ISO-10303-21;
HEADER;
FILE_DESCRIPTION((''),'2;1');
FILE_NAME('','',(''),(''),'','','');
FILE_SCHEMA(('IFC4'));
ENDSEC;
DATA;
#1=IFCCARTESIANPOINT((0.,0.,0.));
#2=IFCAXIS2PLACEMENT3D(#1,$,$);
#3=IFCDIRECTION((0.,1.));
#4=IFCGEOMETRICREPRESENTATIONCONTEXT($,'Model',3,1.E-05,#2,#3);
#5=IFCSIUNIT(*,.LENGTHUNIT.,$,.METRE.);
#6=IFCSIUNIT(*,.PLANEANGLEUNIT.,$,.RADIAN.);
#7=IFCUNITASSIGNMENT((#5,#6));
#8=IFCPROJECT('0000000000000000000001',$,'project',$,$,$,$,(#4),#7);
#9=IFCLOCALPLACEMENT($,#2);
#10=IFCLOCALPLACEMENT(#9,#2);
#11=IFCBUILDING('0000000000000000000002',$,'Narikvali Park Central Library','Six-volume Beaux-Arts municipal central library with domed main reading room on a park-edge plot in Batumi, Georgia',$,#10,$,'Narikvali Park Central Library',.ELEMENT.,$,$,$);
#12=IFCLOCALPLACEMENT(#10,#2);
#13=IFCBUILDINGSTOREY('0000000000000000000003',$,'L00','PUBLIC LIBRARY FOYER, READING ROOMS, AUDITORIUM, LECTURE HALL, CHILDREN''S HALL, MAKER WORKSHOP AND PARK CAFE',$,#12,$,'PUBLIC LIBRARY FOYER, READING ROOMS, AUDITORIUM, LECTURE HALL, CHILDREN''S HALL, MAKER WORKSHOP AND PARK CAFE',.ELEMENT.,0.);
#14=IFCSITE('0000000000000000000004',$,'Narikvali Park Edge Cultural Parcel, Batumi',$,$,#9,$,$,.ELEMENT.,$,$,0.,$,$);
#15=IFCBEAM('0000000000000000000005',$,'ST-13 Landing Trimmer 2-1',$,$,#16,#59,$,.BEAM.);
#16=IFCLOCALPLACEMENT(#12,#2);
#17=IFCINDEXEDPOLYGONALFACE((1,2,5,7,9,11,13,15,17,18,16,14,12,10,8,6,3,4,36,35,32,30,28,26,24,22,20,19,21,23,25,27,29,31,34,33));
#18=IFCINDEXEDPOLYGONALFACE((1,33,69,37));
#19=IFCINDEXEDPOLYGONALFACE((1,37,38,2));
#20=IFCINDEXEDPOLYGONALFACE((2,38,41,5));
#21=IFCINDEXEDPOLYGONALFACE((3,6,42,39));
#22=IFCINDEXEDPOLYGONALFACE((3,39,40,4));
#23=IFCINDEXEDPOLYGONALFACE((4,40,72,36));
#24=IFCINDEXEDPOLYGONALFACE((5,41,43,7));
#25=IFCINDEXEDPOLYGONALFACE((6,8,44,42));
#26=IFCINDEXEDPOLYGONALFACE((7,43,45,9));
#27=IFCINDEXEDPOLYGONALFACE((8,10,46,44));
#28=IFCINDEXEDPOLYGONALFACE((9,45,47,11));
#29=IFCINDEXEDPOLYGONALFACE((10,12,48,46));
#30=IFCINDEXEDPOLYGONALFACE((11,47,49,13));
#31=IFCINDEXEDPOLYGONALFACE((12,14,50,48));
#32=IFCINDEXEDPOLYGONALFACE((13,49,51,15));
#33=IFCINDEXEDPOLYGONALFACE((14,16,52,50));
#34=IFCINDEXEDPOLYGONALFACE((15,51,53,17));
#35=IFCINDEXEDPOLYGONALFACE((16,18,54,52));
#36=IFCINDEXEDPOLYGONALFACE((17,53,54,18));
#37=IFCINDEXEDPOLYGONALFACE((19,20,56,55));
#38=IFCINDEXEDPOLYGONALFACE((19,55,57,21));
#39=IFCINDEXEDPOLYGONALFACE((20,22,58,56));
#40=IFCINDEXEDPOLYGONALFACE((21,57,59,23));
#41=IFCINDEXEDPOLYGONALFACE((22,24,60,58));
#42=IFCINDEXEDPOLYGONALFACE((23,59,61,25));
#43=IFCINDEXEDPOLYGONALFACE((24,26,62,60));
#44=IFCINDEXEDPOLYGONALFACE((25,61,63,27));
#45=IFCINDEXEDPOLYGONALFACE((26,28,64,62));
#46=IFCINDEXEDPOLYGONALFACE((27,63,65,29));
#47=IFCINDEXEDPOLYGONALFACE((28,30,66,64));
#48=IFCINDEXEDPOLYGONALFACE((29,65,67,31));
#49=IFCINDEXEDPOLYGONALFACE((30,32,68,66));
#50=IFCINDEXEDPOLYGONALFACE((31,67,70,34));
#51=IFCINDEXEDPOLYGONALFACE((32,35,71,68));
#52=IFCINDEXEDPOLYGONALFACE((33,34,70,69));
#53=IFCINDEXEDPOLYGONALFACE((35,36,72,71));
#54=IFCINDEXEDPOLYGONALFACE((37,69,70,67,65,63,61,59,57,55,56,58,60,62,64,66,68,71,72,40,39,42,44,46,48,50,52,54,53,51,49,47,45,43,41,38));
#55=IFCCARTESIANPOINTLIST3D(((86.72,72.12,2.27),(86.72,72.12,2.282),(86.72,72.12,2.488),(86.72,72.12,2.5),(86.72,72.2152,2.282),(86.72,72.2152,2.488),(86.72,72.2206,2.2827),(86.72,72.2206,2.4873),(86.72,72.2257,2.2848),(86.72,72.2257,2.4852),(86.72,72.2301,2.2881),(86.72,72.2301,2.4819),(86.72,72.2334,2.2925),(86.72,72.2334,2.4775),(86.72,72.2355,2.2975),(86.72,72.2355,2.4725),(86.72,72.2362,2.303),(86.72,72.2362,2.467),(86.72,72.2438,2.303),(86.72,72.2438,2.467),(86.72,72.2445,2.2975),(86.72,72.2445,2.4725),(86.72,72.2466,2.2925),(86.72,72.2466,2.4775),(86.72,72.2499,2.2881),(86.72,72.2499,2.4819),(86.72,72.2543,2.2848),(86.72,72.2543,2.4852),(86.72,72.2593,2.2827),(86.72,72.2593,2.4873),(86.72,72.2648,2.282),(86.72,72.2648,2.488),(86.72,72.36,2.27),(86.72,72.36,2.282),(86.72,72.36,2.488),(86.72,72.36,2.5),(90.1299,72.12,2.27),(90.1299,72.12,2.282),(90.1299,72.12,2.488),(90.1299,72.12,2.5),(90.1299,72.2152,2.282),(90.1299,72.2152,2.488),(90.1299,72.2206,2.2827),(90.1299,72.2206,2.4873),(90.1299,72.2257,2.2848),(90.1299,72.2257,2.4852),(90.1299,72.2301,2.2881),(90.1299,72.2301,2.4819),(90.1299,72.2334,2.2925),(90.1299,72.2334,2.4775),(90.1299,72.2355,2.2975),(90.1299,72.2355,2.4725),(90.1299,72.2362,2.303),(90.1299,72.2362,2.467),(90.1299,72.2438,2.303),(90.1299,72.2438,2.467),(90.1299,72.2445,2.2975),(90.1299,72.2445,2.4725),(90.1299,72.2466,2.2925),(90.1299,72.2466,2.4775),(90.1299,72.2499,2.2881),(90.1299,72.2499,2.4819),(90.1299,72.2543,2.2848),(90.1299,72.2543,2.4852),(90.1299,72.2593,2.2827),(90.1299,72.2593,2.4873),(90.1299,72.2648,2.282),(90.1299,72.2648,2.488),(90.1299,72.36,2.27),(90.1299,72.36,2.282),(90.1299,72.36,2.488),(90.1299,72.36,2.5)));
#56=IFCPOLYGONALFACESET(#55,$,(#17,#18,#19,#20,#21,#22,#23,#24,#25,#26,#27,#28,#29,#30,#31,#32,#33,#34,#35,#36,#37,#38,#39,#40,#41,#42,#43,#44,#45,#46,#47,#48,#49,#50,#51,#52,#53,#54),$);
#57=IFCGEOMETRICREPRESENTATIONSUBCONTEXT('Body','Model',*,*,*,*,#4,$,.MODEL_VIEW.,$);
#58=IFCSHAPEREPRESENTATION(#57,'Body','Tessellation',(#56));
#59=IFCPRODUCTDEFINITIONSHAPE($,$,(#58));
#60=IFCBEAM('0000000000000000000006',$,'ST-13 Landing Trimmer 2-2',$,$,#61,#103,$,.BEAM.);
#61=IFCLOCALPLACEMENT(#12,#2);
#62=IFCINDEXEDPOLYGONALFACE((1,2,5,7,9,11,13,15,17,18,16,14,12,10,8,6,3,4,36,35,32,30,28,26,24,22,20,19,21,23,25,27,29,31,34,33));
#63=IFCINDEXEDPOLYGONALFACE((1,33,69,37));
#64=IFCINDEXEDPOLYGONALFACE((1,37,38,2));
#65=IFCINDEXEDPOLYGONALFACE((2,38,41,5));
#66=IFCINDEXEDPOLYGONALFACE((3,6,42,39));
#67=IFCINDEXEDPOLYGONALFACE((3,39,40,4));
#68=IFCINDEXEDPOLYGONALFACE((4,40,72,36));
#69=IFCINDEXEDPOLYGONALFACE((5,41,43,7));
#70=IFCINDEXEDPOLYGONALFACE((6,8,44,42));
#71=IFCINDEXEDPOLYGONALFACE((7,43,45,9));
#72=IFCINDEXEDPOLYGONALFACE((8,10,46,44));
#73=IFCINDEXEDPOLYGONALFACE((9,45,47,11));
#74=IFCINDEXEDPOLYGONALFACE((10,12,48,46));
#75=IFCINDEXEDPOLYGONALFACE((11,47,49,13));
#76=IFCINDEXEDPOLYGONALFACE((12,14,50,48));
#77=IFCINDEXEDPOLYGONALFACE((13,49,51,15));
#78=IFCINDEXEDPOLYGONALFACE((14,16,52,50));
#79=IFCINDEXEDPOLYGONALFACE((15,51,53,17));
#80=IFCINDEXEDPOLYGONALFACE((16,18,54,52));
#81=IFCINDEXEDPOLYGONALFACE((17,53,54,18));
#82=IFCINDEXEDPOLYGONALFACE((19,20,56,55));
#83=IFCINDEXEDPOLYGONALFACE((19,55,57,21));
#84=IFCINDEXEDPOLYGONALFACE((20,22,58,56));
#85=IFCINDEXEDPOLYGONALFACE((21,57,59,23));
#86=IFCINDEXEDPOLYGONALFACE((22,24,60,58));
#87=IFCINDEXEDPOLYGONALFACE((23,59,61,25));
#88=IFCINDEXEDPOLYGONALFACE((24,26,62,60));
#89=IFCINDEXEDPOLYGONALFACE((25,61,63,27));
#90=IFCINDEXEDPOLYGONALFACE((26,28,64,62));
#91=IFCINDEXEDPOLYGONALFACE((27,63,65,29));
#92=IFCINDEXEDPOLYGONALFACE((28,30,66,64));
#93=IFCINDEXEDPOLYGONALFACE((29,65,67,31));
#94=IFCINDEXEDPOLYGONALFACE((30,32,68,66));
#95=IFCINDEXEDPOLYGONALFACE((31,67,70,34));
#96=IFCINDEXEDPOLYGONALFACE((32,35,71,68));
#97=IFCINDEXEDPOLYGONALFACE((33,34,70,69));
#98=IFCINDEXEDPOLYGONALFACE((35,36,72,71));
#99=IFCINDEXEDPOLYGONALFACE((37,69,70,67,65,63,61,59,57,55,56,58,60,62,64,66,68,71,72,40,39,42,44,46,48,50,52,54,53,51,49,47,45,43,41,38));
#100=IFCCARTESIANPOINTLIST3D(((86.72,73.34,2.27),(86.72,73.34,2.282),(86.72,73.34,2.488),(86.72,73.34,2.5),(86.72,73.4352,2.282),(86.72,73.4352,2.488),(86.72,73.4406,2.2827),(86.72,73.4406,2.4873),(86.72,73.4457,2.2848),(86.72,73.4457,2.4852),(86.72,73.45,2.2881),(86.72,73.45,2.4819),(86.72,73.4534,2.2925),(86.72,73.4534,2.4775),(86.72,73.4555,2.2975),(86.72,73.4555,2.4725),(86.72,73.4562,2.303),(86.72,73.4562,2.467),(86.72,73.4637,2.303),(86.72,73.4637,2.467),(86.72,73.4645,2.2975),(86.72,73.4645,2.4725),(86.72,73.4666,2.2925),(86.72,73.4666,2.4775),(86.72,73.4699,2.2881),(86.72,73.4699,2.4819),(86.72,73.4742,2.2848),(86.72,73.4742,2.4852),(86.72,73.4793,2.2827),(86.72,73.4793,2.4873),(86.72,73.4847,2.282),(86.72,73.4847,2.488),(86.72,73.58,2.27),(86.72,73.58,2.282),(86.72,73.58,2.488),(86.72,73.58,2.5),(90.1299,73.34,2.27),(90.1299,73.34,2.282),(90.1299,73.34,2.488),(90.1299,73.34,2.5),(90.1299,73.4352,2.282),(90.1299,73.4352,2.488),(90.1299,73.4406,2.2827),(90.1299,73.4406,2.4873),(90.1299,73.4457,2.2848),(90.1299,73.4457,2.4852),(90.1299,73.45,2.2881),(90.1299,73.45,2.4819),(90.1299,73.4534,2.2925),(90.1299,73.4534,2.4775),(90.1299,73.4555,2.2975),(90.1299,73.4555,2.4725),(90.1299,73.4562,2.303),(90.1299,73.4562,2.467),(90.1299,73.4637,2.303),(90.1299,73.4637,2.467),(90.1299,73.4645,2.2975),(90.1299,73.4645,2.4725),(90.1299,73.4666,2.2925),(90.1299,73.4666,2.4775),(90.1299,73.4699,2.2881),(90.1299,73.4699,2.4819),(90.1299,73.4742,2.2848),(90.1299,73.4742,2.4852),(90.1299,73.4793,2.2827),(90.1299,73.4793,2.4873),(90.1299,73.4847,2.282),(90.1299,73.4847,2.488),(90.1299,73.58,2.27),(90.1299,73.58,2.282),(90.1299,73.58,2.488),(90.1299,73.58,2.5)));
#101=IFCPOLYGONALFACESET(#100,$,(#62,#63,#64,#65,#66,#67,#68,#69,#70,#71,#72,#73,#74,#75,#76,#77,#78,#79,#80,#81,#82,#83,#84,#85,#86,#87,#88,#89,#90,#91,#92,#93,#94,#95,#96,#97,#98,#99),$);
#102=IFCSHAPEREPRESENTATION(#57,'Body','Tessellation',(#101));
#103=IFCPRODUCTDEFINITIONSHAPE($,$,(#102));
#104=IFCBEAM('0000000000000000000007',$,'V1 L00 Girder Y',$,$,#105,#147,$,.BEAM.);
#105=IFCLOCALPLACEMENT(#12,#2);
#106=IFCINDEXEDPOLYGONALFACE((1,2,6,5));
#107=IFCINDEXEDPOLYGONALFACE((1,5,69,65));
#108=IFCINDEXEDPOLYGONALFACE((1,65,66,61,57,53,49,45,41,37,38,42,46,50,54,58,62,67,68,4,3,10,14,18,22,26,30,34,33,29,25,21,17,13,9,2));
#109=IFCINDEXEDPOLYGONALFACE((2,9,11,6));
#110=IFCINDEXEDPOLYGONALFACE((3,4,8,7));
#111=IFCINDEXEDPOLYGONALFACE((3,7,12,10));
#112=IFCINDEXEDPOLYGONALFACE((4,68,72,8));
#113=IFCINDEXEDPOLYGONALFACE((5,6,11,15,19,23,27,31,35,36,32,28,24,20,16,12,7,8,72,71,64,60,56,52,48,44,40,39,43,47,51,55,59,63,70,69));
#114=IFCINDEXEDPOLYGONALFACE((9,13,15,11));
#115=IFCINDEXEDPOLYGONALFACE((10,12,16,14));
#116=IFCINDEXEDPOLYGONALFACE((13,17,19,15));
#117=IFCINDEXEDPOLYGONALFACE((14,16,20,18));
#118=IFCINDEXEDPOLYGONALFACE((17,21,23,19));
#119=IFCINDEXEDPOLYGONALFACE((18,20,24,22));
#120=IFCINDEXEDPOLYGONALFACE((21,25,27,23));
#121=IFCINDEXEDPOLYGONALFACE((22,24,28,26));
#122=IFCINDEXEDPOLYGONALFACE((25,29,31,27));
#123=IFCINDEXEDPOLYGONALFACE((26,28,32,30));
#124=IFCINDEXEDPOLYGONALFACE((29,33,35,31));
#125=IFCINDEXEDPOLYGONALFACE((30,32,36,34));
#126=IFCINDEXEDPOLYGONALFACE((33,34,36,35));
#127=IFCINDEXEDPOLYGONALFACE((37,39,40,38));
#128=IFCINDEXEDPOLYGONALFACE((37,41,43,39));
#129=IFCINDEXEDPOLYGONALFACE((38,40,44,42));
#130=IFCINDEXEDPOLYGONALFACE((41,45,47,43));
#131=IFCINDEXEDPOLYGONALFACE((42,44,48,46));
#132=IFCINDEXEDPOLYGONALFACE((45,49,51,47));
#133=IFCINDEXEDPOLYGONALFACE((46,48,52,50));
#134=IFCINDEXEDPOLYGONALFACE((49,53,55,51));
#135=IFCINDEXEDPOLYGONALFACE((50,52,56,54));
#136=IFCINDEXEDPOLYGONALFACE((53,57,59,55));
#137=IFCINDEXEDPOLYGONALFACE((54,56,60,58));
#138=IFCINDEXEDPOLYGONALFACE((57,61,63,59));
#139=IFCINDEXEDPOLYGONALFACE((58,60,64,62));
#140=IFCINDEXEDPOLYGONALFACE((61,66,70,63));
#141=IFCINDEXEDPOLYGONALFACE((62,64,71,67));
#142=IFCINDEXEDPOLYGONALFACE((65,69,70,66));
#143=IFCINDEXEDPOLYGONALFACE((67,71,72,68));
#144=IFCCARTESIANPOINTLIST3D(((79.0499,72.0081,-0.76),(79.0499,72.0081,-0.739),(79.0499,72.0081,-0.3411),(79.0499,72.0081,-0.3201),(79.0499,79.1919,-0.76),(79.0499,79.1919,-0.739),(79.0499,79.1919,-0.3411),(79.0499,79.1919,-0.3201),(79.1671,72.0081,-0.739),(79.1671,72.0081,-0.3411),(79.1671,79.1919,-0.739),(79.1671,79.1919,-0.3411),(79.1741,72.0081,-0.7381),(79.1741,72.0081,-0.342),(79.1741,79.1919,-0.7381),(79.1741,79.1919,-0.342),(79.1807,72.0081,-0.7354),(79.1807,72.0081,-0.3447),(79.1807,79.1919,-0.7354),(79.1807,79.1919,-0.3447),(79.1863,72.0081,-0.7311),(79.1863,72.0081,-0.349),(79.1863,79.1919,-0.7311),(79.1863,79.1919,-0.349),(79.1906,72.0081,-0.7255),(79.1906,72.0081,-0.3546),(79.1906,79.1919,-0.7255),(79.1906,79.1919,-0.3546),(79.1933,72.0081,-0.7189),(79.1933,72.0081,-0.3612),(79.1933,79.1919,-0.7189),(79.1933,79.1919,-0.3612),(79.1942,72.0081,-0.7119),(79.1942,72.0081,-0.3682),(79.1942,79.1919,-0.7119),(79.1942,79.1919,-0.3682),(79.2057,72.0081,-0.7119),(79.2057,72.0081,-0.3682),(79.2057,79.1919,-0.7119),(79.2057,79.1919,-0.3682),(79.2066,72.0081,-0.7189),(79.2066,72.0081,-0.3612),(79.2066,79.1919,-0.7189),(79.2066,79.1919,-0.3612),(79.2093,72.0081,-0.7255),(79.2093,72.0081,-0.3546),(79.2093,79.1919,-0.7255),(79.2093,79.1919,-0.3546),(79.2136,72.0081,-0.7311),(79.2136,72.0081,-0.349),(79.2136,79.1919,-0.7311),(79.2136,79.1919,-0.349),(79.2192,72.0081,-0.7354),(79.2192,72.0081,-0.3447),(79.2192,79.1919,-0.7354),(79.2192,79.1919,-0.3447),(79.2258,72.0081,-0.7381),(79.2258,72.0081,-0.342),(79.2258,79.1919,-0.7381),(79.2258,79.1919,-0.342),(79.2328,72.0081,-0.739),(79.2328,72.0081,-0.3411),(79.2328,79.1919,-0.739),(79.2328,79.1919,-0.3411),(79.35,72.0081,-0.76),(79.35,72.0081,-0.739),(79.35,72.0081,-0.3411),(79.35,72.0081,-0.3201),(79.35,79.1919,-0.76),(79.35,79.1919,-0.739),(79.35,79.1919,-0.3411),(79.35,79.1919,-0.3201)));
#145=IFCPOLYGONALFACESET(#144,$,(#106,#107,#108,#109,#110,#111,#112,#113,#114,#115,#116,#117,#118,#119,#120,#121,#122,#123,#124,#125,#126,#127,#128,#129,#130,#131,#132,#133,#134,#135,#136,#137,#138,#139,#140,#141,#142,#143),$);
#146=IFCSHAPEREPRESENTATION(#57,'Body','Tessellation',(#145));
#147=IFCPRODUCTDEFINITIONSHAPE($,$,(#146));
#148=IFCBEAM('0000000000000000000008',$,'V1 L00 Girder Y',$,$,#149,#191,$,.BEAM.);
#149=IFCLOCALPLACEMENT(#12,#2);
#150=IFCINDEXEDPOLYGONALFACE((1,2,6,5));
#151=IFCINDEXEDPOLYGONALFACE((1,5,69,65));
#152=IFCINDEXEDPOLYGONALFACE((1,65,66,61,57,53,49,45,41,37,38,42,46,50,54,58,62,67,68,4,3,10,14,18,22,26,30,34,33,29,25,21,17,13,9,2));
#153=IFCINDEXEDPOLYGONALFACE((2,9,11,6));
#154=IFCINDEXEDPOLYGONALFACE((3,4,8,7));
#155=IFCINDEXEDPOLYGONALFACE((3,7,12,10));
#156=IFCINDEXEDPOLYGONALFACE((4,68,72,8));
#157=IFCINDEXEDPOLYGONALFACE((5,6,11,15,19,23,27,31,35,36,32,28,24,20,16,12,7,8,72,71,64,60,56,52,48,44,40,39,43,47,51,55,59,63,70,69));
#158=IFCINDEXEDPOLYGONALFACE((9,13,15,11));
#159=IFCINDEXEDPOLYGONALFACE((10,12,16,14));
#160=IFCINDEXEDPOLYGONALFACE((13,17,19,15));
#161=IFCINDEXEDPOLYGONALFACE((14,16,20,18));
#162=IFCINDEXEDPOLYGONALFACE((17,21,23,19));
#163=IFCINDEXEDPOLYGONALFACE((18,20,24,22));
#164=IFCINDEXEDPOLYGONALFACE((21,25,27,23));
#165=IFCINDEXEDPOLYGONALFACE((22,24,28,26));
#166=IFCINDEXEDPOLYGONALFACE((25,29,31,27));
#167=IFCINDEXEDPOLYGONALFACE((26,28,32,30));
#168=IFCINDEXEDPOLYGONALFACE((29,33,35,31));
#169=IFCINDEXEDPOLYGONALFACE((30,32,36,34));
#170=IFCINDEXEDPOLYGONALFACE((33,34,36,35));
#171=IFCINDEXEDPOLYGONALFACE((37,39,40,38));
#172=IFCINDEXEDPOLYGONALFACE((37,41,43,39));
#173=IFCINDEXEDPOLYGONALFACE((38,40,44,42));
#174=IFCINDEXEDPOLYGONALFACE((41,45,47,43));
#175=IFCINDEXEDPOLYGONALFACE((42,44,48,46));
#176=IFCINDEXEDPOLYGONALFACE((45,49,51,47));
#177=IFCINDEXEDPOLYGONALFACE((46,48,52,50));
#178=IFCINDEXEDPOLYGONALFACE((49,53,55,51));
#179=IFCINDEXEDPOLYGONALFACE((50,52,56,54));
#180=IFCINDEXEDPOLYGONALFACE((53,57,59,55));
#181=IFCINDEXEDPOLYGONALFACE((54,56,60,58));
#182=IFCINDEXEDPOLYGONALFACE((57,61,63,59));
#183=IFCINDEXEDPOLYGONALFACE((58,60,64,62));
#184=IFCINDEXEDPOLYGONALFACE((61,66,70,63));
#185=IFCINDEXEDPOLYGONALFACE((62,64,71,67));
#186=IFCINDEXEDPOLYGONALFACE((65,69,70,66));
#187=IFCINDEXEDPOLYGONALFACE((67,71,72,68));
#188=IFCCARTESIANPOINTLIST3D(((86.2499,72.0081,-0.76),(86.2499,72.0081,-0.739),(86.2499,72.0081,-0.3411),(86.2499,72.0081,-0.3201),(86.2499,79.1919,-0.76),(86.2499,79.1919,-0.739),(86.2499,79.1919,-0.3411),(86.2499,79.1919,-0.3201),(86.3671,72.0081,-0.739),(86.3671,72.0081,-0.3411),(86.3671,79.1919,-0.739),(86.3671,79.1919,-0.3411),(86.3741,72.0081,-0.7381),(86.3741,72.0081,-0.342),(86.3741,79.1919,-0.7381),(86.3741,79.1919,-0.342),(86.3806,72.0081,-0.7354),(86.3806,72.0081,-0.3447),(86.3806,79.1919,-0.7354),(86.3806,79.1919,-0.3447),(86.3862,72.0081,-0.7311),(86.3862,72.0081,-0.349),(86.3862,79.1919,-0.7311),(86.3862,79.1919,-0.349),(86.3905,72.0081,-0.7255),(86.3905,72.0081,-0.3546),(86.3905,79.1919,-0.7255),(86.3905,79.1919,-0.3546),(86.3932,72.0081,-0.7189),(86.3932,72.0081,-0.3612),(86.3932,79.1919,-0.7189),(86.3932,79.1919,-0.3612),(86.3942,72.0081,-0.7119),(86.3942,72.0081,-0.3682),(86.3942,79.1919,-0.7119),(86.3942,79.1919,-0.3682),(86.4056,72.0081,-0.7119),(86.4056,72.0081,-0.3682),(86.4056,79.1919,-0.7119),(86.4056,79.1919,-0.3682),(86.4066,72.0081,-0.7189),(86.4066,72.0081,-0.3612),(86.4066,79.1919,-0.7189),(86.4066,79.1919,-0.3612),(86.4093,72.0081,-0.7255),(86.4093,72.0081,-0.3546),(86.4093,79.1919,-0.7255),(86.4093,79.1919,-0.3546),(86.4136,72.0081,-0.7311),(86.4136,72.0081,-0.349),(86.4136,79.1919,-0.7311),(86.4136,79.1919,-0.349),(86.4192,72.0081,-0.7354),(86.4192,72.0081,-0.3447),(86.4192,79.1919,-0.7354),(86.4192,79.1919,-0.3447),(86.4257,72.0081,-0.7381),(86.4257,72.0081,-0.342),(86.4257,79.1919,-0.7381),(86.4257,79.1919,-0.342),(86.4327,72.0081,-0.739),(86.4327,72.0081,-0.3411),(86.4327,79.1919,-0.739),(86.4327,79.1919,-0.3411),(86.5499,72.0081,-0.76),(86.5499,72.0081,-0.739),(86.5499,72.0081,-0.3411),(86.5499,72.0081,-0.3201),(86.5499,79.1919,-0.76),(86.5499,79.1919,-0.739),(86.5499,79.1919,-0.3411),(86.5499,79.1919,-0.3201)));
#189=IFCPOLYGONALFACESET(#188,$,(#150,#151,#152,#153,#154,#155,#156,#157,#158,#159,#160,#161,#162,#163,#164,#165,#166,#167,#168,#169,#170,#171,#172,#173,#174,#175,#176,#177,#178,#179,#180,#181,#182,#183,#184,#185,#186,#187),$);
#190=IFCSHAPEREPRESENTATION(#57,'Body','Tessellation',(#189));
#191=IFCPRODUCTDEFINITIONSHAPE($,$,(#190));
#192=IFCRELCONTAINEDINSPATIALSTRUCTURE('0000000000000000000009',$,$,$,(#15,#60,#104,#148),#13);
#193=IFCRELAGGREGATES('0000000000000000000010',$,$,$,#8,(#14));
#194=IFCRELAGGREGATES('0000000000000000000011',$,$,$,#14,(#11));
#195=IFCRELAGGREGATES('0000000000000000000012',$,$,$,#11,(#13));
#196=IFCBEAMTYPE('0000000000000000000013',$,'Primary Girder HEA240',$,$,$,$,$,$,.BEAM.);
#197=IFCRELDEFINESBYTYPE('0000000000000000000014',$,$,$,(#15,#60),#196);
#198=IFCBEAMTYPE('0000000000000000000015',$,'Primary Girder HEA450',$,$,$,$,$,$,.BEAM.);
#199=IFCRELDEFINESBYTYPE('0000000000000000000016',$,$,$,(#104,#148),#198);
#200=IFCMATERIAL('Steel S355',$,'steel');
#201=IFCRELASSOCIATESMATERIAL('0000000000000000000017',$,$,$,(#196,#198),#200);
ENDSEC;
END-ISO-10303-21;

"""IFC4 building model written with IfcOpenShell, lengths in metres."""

from ifc_helpers import new_model, si_unit, direction, frame, origin, origin_2d, place, context, subcontext, project, spatial, i_section, extrude, material, material_profile, profile_set, type_object, element, save


model = new_model("IFC4")

# Units and contexts
model_context = context("Model", 3, precision=1e-05, world=origin(), true_north=direction((0.0, 1.0)))
body_context = subcontext(model_context, "Body", "Model", "MODEL_VIEW")
ifc_project = project(units=[si_unit("LENGTHUNIT", "METRE"), si_unit("PLANEANGLEUNIT", "RADIAN")], contexts=[model_context])

# Site, building, storey
site_placement = place(None, origin())
site = spatial("IfcSite", under=ifc_project, at=site_placement, Name="Narikvali Park Edge Cultural Parcel, Batumi", CompositionType="ELEMENT", RefElevation=0.0)
building_placement = place(site_placement, origin())
building = spatial("IfcBuilding", under=site, at=building_placement, Name="Narikvali Park Central Library", Description="Six-volume Beaux-Arts municipal central library with domed main reading room on a park-edge plot in Batumi, Georgia", LongName="Narikvali Park Central Library", CompositionType="ELEMENT")
storey_placement = place(building_placement, origin())
storey = spatial("IfcBuildingStorey", under=building, at=storey_placement, Name="L00", Description="PUBLIC LIBRARY FOYER, READING ROOMS, AUDITORIUM, LECTURE HALL, CHILDREN'S HALL, MAKER WORKSHOP AND PARK CAFE", LongName="PUBLIC LIBRARY FOYER, READING ROOMS, AUDITORIUM, LECTURE HALL, CHILDREN'S HALL, MAKER WORKSHOP AND PARK CAFE", CompositionType="ELEMENT", Elevation=0.0)

# Shared definitions
ifc_material_1 = material(Name="Steel S355", Category="steel")

# Beams
ifc_material_profile_1 = material_profile(ifc_material_1, i_section(OverallWidth=0.24, OverallDepth=0.23, WebThickness=0.0076, FlangeThickness=0.012, FilletRadius=0.021, at=origin_2d()), Name="HEA 240")
ifc_profile_set_1 = profile_set([ifc_material_profile_1], Name="Steel S355")
beam_type_1 = type_object("IfcBeamType", Name="Primary Girder HEA240", PredefinedType="BEAM", material=ifc_profile_set_1)
for number, where, z_axis, x_axis, name in (
    (1, (86.72, 72.24, 2.385), (1.0, 0.0, 0.0), (0.0, 1.0, 0.0), "ST-13 Landing Trimmer 2-1"),
    (2, (86.72, 73.46, 2.385), (1.0, 0.0, 0.0), (0.0, 1.0, 0.0), "ST-13 Landing Trimmer 2-2"),
):
    element("IfcBeam", number, at=place(storey_placement, frame(where, z_axis=z_axis, x_axis=x_axis)), inside=storey, type_object=beam_type_1, Name=name, PredefinedType="BEAM", context=body_context, shape_type="SweptSolid", body=[
        extrude(i_section(OverallWidth=0.24, OverallDepth=0.23, WebThickness=0.0076, FlangeThickness=0.012, FilletRadius=0.021, at=origin_2d()), origin(), (0.0, 0.0, 1.0), 3.4099),
    ])
ifc_material_profile_2 = material_profile(ifc_material_1, i_section(OverallWidth=0.3, OverallDepth=0.4399, WebThickness=0.0115, FlangeThickness=0.021, FilletRadius=0.0271, at=origin_2d()), Name="HEA 450")
ifc_profile_set_2 = profile_set([ifc_material_profile_2], Name="Steel S355")
beam_type_2 = type_object("IfcBeamType", Name="Primary Girder HEA450", PredefinedType="BEAM", material=ifc_profile_set_2)
for number, where, z_axis, x_axis, name in (
    (3, (79.2, 72.0081, -0.54), (0.0, 1.0, 0.0), (-1.0, 0.0, 0.0), "V1 L00 Girder Y"),
    (4, (86.3999, 72.0081, -0.54), (0.0, 1.0, 0.0), (-1.0, 0.0, 0.0), "V1 L00 Girder Y"),
):
    element("IfcBeam", number, at=place(storey_placement, frame(where, z_axis=z_axis, x_axis=x_axis)), inside=storey, type_object=beam_type_2, Name=name, PredefinedType="BEAM", context=body_context, shape_type="SweptSolid", body=[
        extrude(i_section(OverallWidth=0.3, OverallDepth=0.4399, WebThickness=0.0115, FlangeThickness=0.021, FilletRadius=0.0271, at=origin_2d()), origin(), (0.0, 0.0, 1.0), 7.1838),
    ])

save(model, "model.ifc")
